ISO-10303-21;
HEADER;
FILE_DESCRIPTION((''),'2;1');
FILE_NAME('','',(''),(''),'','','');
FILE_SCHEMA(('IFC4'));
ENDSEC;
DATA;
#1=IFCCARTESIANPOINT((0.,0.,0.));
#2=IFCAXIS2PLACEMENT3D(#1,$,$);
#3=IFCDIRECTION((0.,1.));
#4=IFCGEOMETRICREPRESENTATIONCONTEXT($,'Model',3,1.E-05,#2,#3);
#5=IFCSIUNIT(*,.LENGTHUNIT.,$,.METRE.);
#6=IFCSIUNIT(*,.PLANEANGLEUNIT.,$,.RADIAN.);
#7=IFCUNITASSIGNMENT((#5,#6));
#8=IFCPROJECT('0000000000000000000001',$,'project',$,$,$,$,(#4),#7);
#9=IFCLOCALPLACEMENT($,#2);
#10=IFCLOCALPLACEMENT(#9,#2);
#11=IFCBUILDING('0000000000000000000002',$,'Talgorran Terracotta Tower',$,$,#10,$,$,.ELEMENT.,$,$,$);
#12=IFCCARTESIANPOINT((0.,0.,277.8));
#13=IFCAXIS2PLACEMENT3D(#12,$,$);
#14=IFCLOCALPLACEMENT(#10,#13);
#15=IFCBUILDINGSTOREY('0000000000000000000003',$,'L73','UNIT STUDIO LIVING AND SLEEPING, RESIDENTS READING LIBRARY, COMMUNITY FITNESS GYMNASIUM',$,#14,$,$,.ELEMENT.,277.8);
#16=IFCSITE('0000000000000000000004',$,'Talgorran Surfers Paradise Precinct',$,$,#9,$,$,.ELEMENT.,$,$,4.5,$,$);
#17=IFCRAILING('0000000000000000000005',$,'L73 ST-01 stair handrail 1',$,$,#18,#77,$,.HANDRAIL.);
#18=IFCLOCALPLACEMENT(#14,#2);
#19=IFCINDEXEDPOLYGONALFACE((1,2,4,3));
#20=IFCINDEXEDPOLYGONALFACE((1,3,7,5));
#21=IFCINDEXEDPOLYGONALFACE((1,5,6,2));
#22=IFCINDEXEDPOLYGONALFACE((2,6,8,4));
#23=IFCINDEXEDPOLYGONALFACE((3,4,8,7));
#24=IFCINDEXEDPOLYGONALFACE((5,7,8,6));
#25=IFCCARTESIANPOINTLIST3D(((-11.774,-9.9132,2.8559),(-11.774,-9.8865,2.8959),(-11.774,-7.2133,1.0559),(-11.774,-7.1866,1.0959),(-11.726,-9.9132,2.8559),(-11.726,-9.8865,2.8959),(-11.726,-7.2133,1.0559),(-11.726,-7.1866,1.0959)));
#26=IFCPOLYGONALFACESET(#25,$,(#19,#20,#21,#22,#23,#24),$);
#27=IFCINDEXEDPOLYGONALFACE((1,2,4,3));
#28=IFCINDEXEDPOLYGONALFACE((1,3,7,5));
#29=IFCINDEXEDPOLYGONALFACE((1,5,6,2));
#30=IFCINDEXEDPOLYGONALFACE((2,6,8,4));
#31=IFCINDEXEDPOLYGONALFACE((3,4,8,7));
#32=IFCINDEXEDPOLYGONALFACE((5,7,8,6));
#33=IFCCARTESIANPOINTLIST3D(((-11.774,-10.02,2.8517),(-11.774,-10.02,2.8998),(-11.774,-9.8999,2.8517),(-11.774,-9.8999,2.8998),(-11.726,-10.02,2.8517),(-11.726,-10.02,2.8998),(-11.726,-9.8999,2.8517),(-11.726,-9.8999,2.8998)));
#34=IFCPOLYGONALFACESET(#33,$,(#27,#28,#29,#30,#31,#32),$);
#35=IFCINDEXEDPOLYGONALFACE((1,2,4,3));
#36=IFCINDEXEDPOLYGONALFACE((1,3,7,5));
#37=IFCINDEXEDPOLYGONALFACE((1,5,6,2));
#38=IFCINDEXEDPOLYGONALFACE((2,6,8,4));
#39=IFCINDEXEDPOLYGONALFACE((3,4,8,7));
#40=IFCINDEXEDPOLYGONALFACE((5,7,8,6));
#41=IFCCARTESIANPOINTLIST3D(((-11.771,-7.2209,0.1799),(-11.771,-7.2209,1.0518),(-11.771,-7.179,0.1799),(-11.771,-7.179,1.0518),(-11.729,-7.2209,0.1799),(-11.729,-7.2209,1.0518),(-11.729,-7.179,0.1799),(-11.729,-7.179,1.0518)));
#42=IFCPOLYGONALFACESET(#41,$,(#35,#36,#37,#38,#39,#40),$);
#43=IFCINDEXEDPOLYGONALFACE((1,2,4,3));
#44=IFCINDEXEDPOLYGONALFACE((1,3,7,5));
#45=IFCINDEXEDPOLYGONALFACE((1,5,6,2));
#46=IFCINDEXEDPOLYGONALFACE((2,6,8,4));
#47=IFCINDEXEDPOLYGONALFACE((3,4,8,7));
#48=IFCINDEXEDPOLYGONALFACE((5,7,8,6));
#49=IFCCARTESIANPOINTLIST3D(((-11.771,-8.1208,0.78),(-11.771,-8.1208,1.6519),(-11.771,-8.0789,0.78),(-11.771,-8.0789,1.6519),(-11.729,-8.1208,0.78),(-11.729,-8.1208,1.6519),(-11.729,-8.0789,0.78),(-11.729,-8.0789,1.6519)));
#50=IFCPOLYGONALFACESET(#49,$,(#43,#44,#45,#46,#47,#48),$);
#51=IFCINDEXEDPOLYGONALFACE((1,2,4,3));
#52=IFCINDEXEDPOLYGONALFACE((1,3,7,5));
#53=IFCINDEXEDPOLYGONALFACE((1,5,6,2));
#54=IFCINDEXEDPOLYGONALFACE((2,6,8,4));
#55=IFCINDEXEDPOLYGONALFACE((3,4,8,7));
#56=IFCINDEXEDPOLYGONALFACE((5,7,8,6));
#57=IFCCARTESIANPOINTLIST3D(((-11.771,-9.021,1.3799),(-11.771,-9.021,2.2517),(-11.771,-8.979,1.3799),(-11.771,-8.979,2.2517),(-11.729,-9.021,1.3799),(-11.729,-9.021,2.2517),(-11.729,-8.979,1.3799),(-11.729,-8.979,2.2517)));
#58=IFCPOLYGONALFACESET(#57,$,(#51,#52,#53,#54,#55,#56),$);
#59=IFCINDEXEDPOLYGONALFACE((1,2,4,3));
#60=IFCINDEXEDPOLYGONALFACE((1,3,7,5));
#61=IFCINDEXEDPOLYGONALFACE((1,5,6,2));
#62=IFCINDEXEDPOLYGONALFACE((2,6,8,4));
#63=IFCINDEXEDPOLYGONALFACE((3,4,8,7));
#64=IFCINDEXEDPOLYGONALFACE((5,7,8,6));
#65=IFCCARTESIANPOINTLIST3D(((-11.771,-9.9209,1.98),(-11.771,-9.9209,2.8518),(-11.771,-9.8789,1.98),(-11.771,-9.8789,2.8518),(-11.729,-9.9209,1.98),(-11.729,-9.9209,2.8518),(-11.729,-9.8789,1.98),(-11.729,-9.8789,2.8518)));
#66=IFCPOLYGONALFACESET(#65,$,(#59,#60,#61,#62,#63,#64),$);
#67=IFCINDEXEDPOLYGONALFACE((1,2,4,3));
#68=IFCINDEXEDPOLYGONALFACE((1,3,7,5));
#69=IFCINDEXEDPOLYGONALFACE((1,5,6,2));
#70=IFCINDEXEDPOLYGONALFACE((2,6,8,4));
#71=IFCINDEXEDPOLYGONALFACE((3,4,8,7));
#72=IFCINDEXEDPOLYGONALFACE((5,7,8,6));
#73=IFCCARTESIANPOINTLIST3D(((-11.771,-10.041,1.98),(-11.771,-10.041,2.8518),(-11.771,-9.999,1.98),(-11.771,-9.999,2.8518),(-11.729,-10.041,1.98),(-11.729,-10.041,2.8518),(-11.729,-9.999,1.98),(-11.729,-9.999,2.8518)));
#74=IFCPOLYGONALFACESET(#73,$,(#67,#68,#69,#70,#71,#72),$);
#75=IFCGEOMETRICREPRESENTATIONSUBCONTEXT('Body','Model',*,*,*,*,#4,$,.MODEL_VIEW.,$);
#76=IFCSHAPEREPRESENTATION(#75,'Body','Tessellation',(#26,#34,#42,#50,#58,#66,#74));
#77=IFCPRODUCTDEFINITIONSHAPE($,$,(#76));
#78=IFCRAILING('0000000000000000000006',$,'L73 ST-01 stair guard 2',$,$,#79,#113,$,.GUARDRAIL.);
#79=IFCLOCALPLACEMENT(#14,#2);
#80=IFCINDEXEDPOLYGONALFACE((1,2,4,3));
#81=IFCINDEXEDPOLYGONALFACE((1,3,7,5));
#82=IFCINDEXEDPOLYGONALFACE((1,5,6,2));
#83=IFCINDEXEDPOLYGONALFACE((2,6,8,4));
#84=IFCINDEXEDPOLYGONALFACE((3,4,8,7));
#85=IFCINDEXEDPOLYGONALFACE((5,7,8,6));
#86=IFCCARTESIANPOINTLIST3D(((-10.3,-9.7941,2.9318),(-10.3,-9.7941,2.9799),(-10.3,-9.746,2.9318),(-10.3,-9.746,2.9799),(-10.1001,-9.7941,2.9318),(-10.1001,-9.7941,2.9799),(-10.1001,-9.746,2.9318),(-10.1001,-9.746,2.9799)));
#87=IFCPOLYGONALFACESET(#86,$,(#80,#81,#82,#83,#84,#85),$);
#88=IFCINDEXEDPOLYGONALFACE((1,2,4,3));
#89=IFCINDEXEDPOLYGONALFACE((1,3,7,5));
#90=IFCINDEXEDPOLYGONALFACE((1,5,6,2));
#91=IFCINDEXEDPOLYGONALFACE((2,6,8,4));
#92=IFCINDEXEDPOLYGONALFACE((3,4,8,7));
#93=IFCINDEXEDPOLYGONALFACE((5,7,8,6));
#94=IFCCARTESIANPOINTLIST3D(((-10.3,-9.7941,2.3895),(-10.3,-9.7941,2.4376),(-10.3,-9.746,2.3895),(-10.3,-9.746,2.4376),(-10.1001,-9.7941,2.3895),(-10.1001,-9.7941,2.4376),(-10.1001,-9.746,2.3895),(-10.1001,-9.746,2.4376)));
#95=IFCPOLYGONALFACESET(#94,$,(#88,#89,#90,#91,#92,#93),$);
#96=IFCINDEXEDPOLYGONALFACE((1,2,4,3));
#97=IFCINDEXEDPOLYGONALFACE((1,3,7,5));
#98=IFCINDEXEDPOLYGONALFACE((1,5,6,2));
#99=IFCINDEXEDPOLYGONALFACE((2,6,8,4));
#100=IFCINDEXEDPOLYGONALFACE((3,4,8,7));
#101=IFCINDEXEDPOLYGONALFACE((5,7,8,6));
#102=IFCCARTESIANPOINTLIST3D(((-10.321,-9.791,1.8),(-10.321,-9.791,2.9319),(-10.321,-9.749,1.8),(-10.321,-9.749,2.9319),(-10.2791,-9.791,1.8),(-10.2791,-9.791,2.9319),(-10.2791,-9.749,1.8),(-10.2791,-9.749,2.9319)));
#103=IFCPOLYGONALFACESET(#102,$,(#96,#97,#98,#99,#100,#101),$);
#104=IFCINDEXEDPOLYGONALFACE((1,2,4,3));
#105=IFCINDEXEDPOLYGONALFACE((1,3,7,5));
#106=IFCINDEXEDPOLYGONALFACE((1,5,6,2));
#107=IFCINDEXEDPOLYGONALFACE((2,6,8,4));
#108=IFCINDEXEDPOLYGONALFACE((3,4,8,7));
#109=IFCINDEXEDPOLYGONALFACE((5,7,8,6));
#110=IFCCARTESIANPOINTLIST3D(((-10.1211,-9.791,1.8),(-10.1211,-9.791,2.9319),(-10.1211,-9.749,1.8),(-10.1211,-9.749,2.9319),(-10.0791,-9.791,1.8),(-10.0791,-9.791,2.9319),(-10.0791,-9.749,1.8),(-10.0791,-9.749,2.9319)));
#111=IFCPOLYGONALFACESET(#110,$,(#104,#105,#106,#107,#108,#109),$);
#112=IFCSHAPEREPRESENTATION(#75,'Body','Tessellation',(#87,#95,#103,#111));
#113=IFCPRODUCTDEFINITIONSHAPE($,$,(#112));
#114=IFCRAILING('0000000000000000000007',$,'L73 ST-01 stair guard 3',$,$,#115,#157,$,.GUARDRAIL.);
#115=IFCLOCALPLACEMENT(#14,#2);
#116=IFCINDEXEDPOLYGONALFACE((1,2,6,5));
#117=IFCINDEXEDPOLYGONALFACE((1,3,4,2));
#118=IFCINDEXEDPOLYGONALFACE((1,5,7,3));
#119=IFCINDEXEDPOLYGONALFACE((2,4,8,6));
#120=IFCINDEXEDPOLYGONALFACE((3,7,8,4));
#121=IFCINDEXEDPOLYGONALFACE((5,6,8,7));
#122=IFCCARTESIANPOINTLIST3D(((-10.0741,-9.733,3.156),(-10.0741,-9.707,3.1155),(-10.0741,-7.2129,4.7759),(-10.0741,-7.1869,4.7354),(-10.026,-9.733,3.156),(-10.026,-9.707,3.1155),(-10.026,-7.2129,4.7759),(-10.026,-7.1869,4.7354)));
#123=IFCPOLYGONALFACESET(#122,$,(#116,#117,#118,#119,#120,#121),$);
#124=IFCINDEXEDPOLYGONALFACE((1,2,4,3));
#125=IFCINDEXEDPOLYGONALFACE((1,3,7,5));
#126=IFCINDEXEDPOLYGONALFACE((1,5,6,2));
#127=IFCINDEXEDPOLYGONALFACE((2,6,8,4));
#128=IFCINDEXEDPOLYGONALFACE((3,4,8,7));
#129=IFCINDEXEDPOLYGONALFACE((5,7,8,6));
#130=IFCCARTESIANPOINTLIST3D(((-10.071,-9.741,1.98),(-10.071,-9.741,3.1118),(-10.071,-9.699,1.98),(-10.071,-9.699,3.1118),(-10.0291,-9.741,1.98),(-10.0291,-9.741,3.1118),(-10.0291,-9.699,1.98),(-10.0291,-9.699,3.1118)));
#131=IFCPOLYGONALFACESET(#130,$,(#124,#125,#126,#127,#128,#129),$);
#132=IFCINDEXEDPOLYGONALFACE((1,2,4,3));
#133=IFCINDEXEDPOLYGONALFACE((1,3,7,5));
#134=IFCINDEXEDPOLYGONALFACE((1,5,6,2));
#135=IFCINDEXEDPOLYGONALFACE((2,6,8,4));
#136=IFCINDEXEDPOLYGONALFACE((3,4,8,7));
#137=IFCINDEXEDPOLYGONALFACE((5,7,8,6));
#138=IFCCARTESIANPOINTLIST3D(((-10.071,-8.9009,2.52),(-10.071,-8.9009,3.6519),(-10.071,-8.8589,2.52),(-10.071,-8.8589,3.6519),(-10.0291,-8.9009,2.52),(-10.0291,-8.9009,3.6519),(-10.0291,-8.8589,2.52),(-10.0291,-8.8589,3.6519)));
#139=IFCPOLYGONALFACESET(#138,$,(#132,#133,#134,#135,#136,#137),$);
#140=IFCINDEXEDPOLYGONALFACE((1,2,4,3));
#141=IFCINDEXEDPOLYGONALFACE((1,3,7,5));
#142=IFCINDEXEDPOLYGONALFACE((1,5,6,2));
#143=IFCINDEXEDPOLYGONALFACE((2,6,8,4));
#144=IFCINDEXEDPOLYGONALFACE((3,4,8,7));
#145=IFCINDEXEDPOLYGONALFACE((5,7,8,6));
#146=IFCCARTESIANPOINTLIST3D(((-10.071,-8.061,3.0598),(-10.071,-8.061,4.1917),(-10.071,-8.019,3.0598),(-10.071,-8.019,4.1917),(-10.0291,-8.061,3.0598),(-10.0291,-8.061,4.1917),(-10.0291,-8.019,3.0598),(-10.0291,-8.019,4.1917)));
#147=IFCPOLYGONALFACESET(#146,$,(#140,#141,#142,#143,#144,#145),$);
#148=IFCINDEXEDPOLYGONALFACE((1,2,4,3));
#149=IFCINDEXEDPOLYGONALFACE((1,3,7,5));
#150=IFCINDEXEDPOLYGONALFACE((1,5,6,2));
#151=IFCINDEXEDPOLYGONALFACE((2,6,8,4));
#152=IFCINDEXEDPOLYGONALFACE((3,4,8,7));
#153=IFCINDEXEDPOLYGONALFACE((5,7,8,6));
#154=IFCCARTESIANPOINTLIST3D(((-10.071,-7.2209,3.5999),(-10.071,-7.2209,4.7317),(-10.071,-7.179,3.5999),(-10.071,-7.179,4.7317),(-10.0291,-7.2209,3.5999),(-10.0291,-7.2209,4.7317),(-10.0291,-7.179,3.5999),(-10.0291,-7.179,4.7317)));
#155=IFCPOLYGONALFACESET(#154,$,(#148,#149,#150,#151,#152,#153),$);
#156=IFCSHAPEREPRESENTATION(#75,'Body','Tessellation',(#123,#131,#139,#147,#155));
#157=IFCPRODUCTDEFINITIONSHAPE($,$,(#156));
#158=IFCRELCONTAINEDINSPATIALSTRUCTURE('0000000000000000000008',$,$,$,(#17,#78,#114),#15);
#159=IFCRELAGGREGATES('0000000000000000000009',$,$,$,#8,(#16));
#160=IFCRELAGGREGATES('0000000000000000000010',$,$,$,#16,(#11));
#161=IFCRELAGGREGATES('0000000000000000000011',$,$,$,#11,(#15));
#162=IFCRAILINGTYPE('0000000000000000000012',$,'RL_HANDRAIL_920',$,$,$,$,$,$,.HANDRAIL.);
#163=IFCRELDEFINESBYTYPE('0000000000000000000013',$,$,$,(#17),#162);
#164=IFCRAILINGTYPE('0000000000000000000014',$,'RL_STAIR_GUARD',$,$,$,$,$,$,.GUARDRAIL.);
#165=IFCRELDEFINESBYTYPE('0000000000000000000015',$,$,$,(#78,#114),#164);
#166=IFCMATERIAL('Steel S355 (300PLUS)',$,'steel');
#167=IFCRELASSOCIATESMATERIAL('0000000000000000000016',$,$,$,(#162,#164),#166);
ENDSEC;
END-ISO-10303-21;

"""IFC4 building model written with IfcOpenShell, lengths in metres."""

from ifc_helpers import new_model, si_unit, direction, frame, origin, origin_2d, place, context, subcontext, project, spatial, rectangle, extrude, material, type_object, element, save


model = new_model("IFC4")

# Units and contexts
model_context = context("Model", 3, precision=1e-05, world=origin(), true_north=direction((0.0, 1.0)))
body_context = subcontext(model_context, "Body", "Model", "MODEL_VIEW")
ifc_project = project(units=[si_unit("LENGTHUNIT", "METRE"), si_unit("PLANEANGLEUNIT", "RADIAN")], contexts=[model_context])

# Site, building, storey
site_placement = place(None, origin())
site = spatial("IfcSite", under=ifc_project, at=site_placement, Name="Talgorran Surfers Paradise Precinct", CompositionType="ELEMENT", RefElevation=4.5)
building_placement = place(site_placement, origin())
building = spatial("IfcBuilding", under=site, at=building_placement, Name="Talgorran Terracotta Tower", CompositionType="ELEMENT")
storey_placement = place(building_placement, frame((0.0, 0.0, 277.8)))
storey = spatial("IfcBuildingStorey", under=building, at=storey_placement, Name="L73", Description="UNIT STUDIO LIVING AND SLEEPING, RESIDENTS READING LIBRARY, COMMUNITY FITNESS GYMNASIUM", CompositionType="ELEMENT", Elevation=277.8)

# Shared definitions
ifc_material_1 = material(Name="Steel S355 (300PLUS)", Category="steel")

# Railings
railing_type_1 = type_object("IfcRailingType", Name="RL_HANDRAIL_920", PredefinedType="HANDRAIL", material=ifc_material_1)
railing_1_placement = place(storey_placement, frame((-11.75, -7.2, 0.1799)))
element("IfcRailing", 1, at=railing_1_placement, inside=storey, type_object=railing_type_1, Name="L73 ST-01 stair handrail 1", PredefinedType="HANDRAIL", context=body_context, shape_type="SweptSolid", body=[
    extrude(rectangle(XDim=0.0481, YDim=0.0481, at=origin_2d()), frame((0.0, 0.0, 0.896), z_axis=(0.0, -0.832039, 0.554718), x_axis=(1.0, 0.0, 0.0)), (0.0, 0.0, 1.0), 3.2449),
    extrude(rectangle(XDim=0.0481, YDim=0.0481, at=origin_2d()), frame((0.0, -2.7, 2.6958), z_axis=(0.0, -1.0, 0.0), x_axis=(1.0, 0.0, 0.0)), (0.0, 0.0, 1.0), 0.1201),
    extrude(rectangle(XDim=0.042, YDim=0.042, at=origin_2d()), origin(), (0.0, 0.0, 1.0), 0.8718),
    extrude(rectangle(XDim=0.042, YDim=0.042, at=origin_2d()), frame((0.0, -0.8999, 0.6001)), (0.0, 0.0, 1.0), 0.8718),
    extrude(rectangle(XDim=0.042, YDim=0.042, at=origin_2d()), frame((0.0, -1.8, 1.2)), (0.0, 0.0, 1.0), 0.8718),
    extrude(rectangle(XDim=0.042, YDim=0.042, at=origin_2d()), frame((0.0, -2.7, 1.8)), (0.0, 0.0, 1.0), 0.8718),
    extrude(rectangle(XDim=0.042, YDim=0.042, at=origin_2d()), frame((0.0, -2.8201, 1.8)), (0.0, 0.0, 1.0), 0.8718),
])
railing_type_2 = type_object("IfcRailingType", Name="RL_STAIR_GUARD", PredefinedType="GUARDRAIL", material=ifc_material_1)
railing_2_placement = place(storey_placement, frame((-10.3, -9.77, 1.8)))
element("IfcRailing", 2, at=railing_2_placement, inside=storey, type_object=railing_type_2, Name="L73 ST-01 stair guard 2", PredefinedType="GUARDRAIL", context=body_context, shape_type="SweptSolid", body=[
    extrude(rectangle(XDim=0.0481, YDim=0.0481, at=origin_2d()), frame((0.0, 0.0, 1.1558), z_axis=(1.0, 0.0, 0.0), x_axis=(0.0, 1.0, 0.0)), (0.0, 0.0, 1.0), 0.2),
    extrude(rectangle(XDim=0.0481, YDim=0.0481, at=origin_2d()), frame((0.0, 0.0, 0.6135), z_axis=(1.0, 0.0, 0.0), x_axis=(0.0, 1.0, 0.0)), (0.0, 0.0, 1.0), 0.2),
    extrude(rectangle(XDim=0.042, YDim=0.042, at=origin_2d()), origin(), (0.0, 0.0, 1.0), 1.1318),
    extrude(rectangle(XDim=0.042, YDim=0.042, at=origin_2d()), frame((0.2, 0.0, 0.0)), (0.0, 0.0, 1.0), 1.1318),
])
railing_3_placement = place(storey_placement, frame((-10.05, -9.72, 1.98)))
element("IfcRailing", 3, at=railing_3_placement, inside=storey, type_object=railing_type_2, Name="L73 ST-01 stair guard 3", PredefinedType="GUARDRAIL", context=body_context, shape_type="SweptSolid", body=[
    extrude(rectangle(XDim=0.0481, YDim=0.0481, at=origin_2d()), frame((0.0, 0.0, 1.1558), z_axis=(0.0, 0.8412, 0.540725), x_axis=(-1.0, 0.0, 0.0)), (0.0, 0.0, 1.0), 2.9958),
    extrude(rectangle(XDim=0.042, YDim=0.042, at=origin_2d()), origin(), (0.0, 0.0, 1.0), 1.1318),
    extrude(rectangle(XDim=0.042, YDim=0.042, at=origin_2d()), frame((0.0, 0.8401, 0.54)), (0.0, 0.0, 1.0), 1.1318),
    extrude(rectangle(XDim=0.042, YDim=0.042, at=origin_2d()), frame((0.0, 1.6799, 1.0798)), (0.0, 0.0, 1.0), 1.1318),
    extrude(rectangle(XDim=0.042, YDim=0.042, at=origin_2d()), frame((0.0, 2.52, 1.6199)), (0.0, 0.0, 1.0), 1.1318),
])

save(model, "model.ifc")
